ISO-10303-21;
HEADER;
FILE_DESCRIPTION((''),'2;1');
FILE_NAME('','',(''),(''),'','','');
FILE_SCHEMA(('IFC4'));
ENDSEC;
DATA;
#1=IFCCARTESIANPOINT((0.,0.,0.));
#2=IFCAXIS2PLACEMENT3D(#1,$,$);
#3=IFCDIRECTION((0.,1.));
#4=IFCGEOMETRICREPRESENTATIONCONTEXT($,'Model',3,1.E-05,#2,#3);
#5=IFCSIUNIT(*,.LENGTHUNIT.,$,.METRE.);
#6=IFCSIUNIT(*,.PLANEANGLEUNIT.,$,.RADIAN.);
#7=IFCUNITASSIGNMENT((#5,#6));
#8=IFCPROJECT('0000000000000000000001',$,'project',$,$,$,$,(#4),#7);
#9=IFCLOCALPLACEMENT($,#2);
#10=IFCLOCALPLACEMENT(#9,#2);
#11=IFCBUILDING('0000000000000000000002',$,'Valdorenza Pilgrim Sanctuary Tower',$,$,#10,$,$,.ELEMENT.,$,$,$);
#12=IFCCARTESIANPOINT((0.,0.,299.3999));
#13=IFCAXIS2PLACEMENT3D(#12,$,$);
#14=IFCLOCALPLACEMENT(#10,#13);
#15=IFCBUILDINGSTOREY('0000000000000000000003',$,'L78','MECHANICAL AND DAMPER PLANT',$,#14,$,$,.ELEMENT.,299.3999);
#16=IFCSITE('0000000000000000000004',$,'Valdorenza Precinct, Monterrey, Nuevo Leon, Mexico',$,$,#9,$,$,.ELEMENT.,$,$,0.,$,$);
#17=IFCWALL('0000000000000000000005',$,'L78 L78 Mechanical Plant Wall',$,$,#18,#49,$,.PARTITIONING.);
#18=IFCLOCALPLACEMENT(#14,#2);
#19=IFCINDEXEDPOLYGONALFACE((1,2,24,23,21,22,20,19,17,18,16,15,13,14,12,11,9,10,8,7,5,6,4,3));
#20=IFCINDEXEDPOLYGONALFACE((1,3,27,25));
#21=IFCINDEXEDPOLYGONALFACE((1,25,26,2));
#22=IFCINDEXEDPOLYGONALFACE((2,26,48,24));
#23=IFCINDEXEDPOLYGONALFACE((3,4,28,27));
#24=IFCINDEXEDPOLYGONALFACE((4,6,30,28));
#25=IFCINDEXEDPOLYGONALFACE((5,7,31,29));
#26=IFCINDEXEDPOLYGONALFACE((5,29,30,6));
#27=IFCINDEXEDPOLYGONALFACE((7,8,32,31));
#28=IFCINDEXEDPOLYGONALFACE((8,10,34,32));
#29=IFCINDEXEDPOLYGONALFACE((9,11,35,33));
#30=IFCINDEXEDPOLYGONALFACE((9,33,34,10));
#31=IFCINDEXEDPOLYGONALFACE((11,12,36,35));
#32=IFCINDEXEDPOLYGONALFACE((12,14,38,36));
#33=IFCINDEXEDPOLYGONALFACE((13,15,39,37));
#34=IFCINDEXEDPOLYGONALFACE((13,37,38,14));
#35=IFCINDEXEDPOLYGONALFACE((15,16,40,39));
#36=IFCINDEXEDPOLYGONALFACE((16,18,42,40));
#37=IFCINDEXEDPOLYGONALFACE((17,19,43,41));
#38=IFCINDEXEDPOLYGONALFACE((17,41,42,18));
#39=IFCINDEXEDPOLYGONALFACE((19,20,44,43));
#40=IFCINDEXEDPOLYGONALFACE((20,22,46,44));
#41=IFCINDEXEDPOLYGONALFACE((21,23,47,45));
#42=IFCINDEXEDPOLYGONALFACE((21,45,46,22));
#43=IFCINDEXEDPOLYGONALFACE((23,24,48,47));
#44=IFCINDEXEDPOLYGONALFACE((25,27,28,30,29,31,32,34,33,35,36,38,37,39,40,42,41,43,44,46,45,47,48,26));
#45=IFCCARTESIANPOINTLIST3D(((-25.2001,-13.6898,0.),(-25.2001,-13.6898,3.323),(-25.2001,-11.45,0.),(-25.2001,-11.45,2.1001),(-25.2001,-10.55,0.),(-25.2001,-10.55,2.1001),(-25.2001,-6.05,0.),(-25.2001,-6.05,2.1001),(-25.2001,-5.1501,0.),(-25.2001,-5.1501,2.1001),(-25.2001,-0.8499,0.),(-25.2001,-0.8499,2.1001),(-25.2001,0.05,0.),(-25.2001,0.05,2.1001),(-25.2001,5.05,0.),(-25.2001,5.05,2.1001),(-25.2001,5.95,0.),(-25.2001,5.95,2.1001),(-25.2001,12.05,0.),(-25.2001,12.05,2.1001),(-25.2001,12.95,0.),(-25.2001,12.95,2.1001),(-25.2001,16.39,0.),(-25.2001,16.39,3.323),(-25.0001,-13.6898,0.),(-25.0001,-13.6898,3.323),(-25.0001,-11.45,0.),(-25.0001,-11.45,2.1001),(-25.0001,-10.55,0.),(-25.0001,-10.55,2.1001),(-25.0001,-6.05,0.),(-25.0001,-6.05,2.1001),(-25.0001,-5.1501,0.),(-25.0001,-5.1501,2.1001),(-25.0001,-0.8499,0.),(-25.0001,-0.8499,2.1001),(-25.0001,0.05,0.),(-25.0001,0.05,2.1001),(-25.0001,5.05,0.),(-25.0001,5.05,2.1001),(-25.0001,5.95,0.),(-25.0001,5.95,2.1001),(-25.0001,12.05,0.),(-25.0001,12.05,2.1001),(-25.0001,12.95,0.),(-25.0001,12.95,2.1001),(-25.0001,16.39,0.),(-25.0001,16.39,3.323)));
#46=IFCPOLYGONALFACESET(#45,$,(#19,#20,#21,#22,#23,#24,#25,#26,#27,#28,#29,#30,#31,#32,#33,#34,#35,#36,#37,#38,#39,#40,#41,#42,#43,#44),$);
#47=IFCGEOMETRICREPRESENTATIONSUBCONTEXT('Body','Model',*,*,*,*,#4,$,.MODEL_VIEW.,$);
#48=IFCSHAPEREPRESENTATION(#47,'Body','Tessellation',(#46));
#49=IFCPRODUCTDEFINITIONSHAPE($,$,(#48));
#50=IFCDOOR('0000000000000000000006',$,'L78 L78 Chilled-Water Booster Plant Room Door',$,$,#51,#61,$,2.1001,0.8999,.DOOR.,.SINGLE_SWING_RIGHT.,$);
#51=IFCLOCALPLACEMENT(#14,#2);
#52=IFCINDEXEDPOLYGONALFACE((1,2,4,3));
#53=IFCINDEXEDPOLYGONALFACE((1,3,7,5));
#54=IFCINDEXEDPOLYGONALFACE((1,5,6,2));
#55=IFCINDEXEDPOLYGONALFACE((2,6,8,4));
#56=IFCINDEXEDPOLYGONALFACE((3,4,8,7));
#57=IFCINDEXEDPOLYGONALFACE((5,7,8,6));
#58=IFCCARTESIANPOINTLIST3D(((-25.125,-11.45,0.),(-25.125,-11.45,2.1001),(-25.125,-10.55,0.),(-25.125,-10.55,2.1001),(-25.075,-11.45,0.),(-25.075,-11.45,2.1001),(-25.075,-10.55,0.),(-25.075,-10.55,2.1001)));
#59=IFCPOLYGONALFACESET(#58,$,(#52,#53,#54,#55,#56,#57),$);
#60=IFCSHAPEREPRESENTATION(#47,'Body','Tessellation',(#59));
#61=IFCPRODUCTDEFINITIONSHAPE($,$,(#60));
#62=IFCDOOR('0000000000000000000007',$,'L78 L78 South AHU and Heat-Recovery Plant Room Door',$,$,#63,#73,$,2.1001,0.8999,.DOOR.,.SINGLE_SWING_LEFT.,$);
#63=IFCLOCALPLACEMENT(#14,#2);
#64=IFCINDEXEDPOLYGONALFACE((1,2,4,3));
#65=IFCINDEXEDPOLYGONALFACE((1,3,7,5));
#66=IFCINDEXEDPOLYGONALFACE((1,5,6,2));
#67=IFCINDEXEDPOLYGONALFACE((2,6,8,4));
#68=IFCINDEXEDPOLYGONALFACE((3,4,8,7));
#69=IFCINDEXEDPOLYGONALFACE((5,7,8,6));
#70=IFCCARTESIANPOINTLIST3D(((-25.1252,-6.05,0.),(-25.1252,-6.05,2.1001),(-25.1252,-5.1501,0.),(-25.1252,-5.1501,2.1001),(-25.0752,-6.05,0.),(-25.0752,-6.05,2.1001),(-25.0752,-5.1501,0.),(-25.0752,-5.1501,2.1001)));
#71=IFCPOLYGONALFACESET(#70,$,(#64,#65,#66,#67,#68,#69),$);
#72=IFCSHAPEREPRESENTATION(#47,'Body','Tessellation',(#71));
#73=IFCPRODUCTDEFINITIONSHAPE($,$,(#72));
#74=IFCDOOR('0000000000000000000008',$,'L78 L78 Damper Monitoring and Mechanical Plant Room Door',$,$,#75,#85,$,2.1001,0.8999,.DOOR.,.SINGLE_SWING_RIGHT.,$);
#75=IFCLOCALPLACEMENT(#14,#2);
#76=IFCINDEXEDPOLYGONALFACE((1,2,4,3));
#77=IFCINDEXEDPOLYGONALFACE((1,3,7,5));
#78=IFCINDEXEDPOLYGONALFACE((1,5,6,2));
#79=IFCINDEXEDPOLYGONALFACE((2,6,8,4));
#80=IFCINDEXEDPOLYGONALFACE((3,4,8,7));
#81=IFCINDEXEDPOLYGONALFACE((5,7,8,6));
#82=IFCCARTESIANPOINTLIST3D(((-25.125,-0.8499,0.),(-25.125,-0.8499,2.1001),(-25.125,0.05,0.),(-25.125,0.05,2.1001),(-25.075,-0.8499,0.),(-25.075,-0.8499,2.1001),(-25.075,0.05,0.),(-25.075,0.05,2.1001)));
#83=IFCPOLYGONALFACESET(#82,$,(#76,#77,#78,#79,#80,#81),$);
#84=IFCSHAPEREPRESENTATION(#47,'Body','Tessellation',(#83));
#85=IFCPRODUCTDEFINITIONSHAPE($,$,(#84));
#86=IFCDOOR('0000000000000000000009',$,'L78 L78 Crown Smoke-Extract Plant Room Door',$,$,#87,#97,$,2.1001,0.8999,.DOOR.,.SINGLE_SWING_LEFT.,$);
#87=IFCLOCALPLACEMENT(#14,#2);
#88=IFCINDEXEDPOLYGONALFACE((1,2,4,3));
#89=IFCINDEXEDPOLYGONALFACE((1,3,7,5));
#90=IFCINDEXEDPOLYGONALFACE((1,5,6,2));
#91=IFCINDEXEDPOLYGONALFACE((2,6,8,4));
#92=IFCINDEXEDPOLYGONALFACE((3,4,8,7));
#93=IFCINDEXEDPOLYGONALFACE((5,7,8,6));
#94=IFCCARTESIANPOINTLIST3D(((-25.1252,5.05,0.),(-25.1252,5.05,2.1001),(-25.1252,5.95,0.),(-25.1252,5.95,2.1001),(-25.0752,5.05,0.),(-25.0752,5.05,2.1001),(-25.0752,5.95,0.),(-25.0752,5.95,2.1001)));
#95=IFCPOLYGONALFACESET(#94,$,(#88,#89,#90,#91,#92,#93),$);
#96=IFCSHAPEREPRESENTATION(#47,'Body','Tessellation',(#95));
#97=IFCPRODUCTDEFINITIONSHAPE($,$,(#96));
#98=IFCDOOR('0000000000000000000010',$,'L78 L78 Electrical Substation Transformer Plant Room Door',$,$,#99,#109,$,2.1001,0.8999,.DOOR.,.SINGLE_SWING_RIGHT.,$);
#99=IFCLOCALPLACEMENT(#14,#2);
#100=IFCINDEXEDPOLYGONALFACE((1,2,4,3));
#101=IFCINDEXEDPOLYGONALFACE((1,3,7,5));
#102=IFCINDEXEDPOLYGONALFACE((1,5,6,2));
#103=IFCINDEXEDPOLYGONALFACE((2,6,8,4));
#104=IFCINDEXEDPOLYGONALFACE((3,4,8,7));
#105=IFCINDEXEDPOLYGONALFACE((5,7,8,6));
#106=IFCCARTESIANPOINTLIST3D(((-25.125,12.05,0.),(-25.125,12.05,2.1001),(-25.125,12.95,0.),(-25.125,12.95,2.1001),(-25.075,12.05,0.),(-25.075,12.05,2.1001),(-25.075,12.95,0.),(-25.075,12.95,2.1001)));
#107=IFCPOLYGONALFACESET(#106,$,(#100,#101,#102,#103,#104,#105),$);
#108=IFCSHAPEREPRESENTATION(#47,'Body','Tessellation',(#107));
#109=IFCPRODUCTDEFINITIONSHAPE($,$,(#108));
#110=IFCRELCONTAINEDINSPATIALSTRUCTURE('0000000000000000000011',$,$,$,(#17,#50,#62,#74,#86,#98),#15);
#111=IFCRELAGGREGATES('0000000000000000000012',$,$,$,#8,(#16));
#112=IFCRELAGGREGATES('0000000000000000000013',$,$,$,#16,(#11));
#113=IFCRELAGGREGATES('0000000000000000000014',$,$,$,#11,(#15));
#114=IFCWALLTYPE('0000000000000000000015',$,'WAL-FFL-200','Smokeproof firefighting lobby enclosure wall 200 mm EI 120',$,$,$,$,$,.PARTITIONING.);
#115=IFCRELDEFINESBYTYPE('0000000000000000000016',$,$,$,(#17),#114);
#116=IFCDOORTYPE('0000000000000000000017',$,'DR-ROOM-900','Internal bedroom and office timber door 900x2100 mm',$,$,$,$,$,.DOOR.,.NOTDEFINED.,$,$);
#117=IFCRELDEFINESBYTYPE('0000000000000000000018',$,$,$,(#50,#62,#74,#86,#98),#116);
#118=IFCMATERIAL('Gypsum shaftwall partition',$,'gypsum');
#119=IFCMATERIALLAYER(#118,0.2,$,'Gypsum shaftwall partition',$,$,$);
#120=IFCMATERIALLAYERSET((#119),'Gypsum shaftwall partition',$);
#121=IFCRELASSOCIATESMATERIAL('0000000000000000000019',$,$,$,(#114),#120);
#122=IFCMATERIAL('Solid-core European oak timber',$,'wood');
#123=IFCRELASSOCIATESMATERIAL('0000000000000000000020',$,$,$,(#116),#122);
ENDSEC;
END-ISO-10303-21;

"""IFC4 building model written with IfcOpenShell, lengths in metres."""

from ifc_helpers import new_model, si_unit, direction, frame, frame_2d, origin, place, context, subcontext, project, spatial, rectangle, extrude, material, layer, layer_set, type_object, element, fill, save


model = new_model("IFC4")

# Units and contexts
model_context = context("Model", 3, precision=1e-05, world=origin(), true_north=direction((0.0, 1.0)))
body_context = subcontext(model_context, "Body", "Model", "MODEL_VIEW")
ifc_project = project(units=[si_unit("LENGTHUNIT", "METRE"), si_unit("PLANEANGLEUNIT", "RADIAN")], contexts=[model_context])

# Site, building, storey
site_placement = place(None, origin())
site = spatial("IfcSite", under=ifc_project, at=site_placement, Name="Valdorenza Precinct, Monterrey, Nuevo Leon, Mexico", CompositionType="ELEMENT", RefElevation=0.0)
building_placement = place(site_placement, origin())
building = spatial("IfcBuilding", under=site, at=building_placement, Name="Valdorenza Pilgrim Sanctuary Tower", CompositionType="ELEMENT")
storey_placement = place(building_placement, frame((0.0, 0.0, 299.3999)))
storey = spatial("IfcBuildingStorey", under=building, at=storey_placement, Name="L78", Description="MECHANICAL AND DAMPER PLANT", CompositionType="ELEMENT", Elevation=299.3999)

# Wall, openings, doors
ifc_material_1 = material(Name="Gypsum shaftwall partition", Category="gypsum")
ifc_layer_1 = layer(ifc_material_1, 0.2, Name="Gypsum shaftwall partition")
ifc_layer_set_1 = layer_set([ifc_layer_1], Name="Gypsum shaftwall partition")
wall_type_1 = type_object("IfcWallType", Name="WAL-FFL-200", Description="Smokeproof firefighting lobby enclosure wall 200 mm EI 120", PredefinedType="PARTITIONING", material=ifc_layer_set_1)
wall_1_placement = place(storey_placement, frame((-25.1001, -13.6899, 0.0), z_axis=(0.0, 0.0, 1.0), x_axis=(0.0, 1.0, 0.0)))
wall_1 = element("IfcWall", 1, at=wall_1_placement, inside=storey, type_object=wall_type_1, Name="L78 L78 Mechanical Plant Wall", PredefinedType="PARTITIONING", context=body_context, shape_type="SweptSolid", body=[
    extrude(rectangle(XDim=30.0798, YDim=0.2, at=frame_2d((15.04, 0.0))), origin(), (0.0, 0.0, 1.0), 3.323),
])
opening_1_placement = place(wall_1_placement, frame((2.24, 0.0, 0.0)))
opening_1 = element("IfcOpeningElement", 2, at=opening_1_placement, cuts=wall_1, PredefinedType="OPENING", context=body_context, shape_type="SweptSolid", body=[
    extrude(rectangle(XDim=0.8999, YDim=2.1001, at=frame_2d((0.45, 1.05))), frame((0.0, 0.1147, 0.0), z_axis=(0.0, -1.0, 0.0), x_axis=(1.0, 0.0, 0.0)), (0.0, 0.0, 1.0), 0.2297),
])
opening_2_placement = place(wall_1_placement, frame((7.6399, 0.0, 0.0)))
opening_2 = element("IfcOpeningElement", 3, at=opening_2_placement, cuts=wall_1, PredefinedType="OPENING", context=body_context, shape_type="SweptSolid", body=[
    extrude(rectangle(XDim=0.8999, YDim=2.1001, at=frame_2d((0.45, 1.05))), frame((0.0, 0.1147, 0.0), z_axis=(0.0, -1.0, 0.0), x_axis=(1.0, 0.0, 0.0)), (0.0, 0.0, 1.0), 0.2297),
])
opening_3_placement = place(wall_1_placement, frame((12.8401, 0.0, 0.0)))
opening_3 = element("IfcOpeningElement", 4, at=opening_3_placement, cuts=wall_1, PredefinedType="OPENING", context=body_context, shape_type="SweptSolid", body=[
    extrude(rectangle(XDim=0.8999, YDim=2.1001, at=frame_2d((0.45, 1.05))), frame((0.0, 0.1147, 0.0), z_axis=(0.0, -1.0, 0.0), x_axis=(1.0, 0.0, 0.0)), (0.0, 0.0, 1.0), 0.2297),
])
opening_4_placement = place(wall_1_placement, frame((18.74, 0.0, 0.0)))
opening_4 = element("IfcOpeningElement", 5, at=opening_4_placement, cuts=wall_1, PredefinedType="OPENING", context=body_context, shape_type="SweptSolid", body=[
    extrude(rectangle(XDim=0.8999, YDim=2.1001, at=frame_2d((0.45, 1.05))), frame((0.0, 0.1147, 0.0), z_axis=(0.0, -1.0, 0.0), x_axis=(1.0, 0.0, 0.0)), (0.0, 0.0, 1.0), 0.2297),
])
opening_5_placement = place(wall_1_placement, frame((25.74, 0.0, 0.0)))
opening_5 = element("IfcOpeningElement", 6, at=opening_5_placement, cuts=wall_1, PredefinedType="OPENING", context=body_context, shape_type="SweptSolid", body=[
    extrude(rectangle(XDim=0.8999, YDim=2.1001, at=frame_2d((0.45, 1.05))), frame((0.0, 0.1147, 0.0), z_axis=(0.0, -1.0, 0.0), x_axis=(1.0, 0.0, 0.0)), (0.0, 0.0, 1.0), 0.2297),
])
ifc_material_2 = material(Name="Solid-core European oak timber", Category="wood")
door_type = type_object("IfcDoorType", Name="DR-ROOM-900", Description="Internal bedroom and office timber door 900x2100 mm", OperationType="NOTDEFINED", PredefinedType="DOOR", material=ifc_material_2)
door_1_placement = place(opening_1_placement, origin())
door_1 = element("IfcDoor", 7, at=door_1_placement, inside=storey, type_object=door_type, Name="L78 L78 Chilled-Water Booster Plant Room Door", OperationType="SINGLE_SWING_RIGHT", OverallHeight=2.1001, OverallWidth=0.8999, PredefinedType="DOOR", context=body_context, shape_type="SweptSolid", body=[
    extrude(rectangle(XDim=0.8999, YDim=2.1001, at=frame_2d((0.45, 1.05))), frame((0.0, 0.0249, 0.0), z_axis=(0.0, -1.0, 0.0), x_axis=(1.0, 0.0, 0.0)), (0.0, 0.0, 1.0), 0.05),
])
fill(opening_1, door_1)
door_2_placement = place(opening_2_placement, frame((0.8999, 0.0, 0.0), z_axis=(0.0, 0.0, 1.0), x_axis=(-1.0, 0.0, 0.0)))
door_2 = element("IfcDoor", 8, at=door_2_placement, inside=storey, type_object=door_type, Name="L78 L78 South AHU and Heat-Recovery Plant Room Door", OperationType="SINGLE_SWING_LEFT", OverallHeight=2.1001, OverallWidth=0.8999, PredefinedType="DOOR", context=body_context, shape_type="SweptSolid", body=[
    extrude(rectangle(XDim=0.8999, YDim=2.1001, at=frame_2d((0.45, 1.05))), frame((0.0, 0.0249, 0.0), z_axis=(0.0, -1.0, 0.0), x_axis=(1.0, 0.0, 0.0)), (0.0, 0.0, 1.0), 0.05),
])
fill(opening_2, door_2)
door_3_placement = place(opening_3_placement, origin())
door_3 = element("IfcDoor", 9, at=door_3_placement, inside=storey, type_object=door_type, Name="L78 L78 Damper Monitoring and Mechanical Plant Room Door", OperationType="SINGLE_SWING_RIGHT", OverallHeight=2.1001, OverallWidth=0.8999, PredefinedType="DOOR", context=body_context, shape_type="SweptSolid", body=[
    extrude(rectangle(XDim=0.8999, YDim=2.1001, at=frame_2d((0.45, 1.05))), frame((0.0, 0.0249, 0.0), z_axis=(0.0, -1.0, 0.0), x_axis=(1.0, 0.0, 0.0)), (0.0, 0.0, 1.0), 0.05),
])
fill(opening_3, door_3)
door_4_placement = place(opening_4_placement, frame((0.8999, 0.0, 0.0), z_axis=(0.0, 0.0, 1.0), x_axis=(-1.0, 0.0, 0.0)))
door_4 = element("IfcDoor", 10, at=door_4_placement, inside=storey, type_object=door_type, Name="L78 L78 Crown Smoke-Extract Plant Room Door", OperationType="SINGLE_SWING_LEFT", OverallHeight=2.1001, OverallWidth=0.8999, PredefinedType="DOOR", context=body_context, shape_type="SweptSolid", body=[
    extrude(rectangle(XDim=0.8999, YDim=2.1001, at=frame_2d((0.45, 1.05))), frame((0.0, 0.0249, 0.0), z_axis=(0.0, -1.0, 0.0), x_axis=(1.0, 0.0, 0.0)), (0.0, 0.0, 1.0), 0.05),
])
fill(opening_4, door_4)
door_5_placement = place(opening_5_placement, origin())
door_5 = element("IfcDoor", 11, at=door_5_placement, inside=storey, type_object=door_type, Name="L78 L78 Electrical Substation Transformer Plant Room Door", OperationType="SINGLE_SWING_RIGHT", OverallHeight=2.1001, OverallWidth=0.8999, PredefinedType="DOOR", context=body_context, shape_type="SweptSolid", body=[
    extrude(rectangle(XDim=0.8999, YDim=2.1001, at=frame_2d((0.45, 1.05))), frame((0.0, 0.0249, 0.0), z_axis=(0.0, -1.0, 0.0), x_axis=(1.0, 0.0, 0.0)), (0.0, 0.0, 1.0), 0.05),
])
fill(opening_5, door_5)

save(model, "model.ifc")
